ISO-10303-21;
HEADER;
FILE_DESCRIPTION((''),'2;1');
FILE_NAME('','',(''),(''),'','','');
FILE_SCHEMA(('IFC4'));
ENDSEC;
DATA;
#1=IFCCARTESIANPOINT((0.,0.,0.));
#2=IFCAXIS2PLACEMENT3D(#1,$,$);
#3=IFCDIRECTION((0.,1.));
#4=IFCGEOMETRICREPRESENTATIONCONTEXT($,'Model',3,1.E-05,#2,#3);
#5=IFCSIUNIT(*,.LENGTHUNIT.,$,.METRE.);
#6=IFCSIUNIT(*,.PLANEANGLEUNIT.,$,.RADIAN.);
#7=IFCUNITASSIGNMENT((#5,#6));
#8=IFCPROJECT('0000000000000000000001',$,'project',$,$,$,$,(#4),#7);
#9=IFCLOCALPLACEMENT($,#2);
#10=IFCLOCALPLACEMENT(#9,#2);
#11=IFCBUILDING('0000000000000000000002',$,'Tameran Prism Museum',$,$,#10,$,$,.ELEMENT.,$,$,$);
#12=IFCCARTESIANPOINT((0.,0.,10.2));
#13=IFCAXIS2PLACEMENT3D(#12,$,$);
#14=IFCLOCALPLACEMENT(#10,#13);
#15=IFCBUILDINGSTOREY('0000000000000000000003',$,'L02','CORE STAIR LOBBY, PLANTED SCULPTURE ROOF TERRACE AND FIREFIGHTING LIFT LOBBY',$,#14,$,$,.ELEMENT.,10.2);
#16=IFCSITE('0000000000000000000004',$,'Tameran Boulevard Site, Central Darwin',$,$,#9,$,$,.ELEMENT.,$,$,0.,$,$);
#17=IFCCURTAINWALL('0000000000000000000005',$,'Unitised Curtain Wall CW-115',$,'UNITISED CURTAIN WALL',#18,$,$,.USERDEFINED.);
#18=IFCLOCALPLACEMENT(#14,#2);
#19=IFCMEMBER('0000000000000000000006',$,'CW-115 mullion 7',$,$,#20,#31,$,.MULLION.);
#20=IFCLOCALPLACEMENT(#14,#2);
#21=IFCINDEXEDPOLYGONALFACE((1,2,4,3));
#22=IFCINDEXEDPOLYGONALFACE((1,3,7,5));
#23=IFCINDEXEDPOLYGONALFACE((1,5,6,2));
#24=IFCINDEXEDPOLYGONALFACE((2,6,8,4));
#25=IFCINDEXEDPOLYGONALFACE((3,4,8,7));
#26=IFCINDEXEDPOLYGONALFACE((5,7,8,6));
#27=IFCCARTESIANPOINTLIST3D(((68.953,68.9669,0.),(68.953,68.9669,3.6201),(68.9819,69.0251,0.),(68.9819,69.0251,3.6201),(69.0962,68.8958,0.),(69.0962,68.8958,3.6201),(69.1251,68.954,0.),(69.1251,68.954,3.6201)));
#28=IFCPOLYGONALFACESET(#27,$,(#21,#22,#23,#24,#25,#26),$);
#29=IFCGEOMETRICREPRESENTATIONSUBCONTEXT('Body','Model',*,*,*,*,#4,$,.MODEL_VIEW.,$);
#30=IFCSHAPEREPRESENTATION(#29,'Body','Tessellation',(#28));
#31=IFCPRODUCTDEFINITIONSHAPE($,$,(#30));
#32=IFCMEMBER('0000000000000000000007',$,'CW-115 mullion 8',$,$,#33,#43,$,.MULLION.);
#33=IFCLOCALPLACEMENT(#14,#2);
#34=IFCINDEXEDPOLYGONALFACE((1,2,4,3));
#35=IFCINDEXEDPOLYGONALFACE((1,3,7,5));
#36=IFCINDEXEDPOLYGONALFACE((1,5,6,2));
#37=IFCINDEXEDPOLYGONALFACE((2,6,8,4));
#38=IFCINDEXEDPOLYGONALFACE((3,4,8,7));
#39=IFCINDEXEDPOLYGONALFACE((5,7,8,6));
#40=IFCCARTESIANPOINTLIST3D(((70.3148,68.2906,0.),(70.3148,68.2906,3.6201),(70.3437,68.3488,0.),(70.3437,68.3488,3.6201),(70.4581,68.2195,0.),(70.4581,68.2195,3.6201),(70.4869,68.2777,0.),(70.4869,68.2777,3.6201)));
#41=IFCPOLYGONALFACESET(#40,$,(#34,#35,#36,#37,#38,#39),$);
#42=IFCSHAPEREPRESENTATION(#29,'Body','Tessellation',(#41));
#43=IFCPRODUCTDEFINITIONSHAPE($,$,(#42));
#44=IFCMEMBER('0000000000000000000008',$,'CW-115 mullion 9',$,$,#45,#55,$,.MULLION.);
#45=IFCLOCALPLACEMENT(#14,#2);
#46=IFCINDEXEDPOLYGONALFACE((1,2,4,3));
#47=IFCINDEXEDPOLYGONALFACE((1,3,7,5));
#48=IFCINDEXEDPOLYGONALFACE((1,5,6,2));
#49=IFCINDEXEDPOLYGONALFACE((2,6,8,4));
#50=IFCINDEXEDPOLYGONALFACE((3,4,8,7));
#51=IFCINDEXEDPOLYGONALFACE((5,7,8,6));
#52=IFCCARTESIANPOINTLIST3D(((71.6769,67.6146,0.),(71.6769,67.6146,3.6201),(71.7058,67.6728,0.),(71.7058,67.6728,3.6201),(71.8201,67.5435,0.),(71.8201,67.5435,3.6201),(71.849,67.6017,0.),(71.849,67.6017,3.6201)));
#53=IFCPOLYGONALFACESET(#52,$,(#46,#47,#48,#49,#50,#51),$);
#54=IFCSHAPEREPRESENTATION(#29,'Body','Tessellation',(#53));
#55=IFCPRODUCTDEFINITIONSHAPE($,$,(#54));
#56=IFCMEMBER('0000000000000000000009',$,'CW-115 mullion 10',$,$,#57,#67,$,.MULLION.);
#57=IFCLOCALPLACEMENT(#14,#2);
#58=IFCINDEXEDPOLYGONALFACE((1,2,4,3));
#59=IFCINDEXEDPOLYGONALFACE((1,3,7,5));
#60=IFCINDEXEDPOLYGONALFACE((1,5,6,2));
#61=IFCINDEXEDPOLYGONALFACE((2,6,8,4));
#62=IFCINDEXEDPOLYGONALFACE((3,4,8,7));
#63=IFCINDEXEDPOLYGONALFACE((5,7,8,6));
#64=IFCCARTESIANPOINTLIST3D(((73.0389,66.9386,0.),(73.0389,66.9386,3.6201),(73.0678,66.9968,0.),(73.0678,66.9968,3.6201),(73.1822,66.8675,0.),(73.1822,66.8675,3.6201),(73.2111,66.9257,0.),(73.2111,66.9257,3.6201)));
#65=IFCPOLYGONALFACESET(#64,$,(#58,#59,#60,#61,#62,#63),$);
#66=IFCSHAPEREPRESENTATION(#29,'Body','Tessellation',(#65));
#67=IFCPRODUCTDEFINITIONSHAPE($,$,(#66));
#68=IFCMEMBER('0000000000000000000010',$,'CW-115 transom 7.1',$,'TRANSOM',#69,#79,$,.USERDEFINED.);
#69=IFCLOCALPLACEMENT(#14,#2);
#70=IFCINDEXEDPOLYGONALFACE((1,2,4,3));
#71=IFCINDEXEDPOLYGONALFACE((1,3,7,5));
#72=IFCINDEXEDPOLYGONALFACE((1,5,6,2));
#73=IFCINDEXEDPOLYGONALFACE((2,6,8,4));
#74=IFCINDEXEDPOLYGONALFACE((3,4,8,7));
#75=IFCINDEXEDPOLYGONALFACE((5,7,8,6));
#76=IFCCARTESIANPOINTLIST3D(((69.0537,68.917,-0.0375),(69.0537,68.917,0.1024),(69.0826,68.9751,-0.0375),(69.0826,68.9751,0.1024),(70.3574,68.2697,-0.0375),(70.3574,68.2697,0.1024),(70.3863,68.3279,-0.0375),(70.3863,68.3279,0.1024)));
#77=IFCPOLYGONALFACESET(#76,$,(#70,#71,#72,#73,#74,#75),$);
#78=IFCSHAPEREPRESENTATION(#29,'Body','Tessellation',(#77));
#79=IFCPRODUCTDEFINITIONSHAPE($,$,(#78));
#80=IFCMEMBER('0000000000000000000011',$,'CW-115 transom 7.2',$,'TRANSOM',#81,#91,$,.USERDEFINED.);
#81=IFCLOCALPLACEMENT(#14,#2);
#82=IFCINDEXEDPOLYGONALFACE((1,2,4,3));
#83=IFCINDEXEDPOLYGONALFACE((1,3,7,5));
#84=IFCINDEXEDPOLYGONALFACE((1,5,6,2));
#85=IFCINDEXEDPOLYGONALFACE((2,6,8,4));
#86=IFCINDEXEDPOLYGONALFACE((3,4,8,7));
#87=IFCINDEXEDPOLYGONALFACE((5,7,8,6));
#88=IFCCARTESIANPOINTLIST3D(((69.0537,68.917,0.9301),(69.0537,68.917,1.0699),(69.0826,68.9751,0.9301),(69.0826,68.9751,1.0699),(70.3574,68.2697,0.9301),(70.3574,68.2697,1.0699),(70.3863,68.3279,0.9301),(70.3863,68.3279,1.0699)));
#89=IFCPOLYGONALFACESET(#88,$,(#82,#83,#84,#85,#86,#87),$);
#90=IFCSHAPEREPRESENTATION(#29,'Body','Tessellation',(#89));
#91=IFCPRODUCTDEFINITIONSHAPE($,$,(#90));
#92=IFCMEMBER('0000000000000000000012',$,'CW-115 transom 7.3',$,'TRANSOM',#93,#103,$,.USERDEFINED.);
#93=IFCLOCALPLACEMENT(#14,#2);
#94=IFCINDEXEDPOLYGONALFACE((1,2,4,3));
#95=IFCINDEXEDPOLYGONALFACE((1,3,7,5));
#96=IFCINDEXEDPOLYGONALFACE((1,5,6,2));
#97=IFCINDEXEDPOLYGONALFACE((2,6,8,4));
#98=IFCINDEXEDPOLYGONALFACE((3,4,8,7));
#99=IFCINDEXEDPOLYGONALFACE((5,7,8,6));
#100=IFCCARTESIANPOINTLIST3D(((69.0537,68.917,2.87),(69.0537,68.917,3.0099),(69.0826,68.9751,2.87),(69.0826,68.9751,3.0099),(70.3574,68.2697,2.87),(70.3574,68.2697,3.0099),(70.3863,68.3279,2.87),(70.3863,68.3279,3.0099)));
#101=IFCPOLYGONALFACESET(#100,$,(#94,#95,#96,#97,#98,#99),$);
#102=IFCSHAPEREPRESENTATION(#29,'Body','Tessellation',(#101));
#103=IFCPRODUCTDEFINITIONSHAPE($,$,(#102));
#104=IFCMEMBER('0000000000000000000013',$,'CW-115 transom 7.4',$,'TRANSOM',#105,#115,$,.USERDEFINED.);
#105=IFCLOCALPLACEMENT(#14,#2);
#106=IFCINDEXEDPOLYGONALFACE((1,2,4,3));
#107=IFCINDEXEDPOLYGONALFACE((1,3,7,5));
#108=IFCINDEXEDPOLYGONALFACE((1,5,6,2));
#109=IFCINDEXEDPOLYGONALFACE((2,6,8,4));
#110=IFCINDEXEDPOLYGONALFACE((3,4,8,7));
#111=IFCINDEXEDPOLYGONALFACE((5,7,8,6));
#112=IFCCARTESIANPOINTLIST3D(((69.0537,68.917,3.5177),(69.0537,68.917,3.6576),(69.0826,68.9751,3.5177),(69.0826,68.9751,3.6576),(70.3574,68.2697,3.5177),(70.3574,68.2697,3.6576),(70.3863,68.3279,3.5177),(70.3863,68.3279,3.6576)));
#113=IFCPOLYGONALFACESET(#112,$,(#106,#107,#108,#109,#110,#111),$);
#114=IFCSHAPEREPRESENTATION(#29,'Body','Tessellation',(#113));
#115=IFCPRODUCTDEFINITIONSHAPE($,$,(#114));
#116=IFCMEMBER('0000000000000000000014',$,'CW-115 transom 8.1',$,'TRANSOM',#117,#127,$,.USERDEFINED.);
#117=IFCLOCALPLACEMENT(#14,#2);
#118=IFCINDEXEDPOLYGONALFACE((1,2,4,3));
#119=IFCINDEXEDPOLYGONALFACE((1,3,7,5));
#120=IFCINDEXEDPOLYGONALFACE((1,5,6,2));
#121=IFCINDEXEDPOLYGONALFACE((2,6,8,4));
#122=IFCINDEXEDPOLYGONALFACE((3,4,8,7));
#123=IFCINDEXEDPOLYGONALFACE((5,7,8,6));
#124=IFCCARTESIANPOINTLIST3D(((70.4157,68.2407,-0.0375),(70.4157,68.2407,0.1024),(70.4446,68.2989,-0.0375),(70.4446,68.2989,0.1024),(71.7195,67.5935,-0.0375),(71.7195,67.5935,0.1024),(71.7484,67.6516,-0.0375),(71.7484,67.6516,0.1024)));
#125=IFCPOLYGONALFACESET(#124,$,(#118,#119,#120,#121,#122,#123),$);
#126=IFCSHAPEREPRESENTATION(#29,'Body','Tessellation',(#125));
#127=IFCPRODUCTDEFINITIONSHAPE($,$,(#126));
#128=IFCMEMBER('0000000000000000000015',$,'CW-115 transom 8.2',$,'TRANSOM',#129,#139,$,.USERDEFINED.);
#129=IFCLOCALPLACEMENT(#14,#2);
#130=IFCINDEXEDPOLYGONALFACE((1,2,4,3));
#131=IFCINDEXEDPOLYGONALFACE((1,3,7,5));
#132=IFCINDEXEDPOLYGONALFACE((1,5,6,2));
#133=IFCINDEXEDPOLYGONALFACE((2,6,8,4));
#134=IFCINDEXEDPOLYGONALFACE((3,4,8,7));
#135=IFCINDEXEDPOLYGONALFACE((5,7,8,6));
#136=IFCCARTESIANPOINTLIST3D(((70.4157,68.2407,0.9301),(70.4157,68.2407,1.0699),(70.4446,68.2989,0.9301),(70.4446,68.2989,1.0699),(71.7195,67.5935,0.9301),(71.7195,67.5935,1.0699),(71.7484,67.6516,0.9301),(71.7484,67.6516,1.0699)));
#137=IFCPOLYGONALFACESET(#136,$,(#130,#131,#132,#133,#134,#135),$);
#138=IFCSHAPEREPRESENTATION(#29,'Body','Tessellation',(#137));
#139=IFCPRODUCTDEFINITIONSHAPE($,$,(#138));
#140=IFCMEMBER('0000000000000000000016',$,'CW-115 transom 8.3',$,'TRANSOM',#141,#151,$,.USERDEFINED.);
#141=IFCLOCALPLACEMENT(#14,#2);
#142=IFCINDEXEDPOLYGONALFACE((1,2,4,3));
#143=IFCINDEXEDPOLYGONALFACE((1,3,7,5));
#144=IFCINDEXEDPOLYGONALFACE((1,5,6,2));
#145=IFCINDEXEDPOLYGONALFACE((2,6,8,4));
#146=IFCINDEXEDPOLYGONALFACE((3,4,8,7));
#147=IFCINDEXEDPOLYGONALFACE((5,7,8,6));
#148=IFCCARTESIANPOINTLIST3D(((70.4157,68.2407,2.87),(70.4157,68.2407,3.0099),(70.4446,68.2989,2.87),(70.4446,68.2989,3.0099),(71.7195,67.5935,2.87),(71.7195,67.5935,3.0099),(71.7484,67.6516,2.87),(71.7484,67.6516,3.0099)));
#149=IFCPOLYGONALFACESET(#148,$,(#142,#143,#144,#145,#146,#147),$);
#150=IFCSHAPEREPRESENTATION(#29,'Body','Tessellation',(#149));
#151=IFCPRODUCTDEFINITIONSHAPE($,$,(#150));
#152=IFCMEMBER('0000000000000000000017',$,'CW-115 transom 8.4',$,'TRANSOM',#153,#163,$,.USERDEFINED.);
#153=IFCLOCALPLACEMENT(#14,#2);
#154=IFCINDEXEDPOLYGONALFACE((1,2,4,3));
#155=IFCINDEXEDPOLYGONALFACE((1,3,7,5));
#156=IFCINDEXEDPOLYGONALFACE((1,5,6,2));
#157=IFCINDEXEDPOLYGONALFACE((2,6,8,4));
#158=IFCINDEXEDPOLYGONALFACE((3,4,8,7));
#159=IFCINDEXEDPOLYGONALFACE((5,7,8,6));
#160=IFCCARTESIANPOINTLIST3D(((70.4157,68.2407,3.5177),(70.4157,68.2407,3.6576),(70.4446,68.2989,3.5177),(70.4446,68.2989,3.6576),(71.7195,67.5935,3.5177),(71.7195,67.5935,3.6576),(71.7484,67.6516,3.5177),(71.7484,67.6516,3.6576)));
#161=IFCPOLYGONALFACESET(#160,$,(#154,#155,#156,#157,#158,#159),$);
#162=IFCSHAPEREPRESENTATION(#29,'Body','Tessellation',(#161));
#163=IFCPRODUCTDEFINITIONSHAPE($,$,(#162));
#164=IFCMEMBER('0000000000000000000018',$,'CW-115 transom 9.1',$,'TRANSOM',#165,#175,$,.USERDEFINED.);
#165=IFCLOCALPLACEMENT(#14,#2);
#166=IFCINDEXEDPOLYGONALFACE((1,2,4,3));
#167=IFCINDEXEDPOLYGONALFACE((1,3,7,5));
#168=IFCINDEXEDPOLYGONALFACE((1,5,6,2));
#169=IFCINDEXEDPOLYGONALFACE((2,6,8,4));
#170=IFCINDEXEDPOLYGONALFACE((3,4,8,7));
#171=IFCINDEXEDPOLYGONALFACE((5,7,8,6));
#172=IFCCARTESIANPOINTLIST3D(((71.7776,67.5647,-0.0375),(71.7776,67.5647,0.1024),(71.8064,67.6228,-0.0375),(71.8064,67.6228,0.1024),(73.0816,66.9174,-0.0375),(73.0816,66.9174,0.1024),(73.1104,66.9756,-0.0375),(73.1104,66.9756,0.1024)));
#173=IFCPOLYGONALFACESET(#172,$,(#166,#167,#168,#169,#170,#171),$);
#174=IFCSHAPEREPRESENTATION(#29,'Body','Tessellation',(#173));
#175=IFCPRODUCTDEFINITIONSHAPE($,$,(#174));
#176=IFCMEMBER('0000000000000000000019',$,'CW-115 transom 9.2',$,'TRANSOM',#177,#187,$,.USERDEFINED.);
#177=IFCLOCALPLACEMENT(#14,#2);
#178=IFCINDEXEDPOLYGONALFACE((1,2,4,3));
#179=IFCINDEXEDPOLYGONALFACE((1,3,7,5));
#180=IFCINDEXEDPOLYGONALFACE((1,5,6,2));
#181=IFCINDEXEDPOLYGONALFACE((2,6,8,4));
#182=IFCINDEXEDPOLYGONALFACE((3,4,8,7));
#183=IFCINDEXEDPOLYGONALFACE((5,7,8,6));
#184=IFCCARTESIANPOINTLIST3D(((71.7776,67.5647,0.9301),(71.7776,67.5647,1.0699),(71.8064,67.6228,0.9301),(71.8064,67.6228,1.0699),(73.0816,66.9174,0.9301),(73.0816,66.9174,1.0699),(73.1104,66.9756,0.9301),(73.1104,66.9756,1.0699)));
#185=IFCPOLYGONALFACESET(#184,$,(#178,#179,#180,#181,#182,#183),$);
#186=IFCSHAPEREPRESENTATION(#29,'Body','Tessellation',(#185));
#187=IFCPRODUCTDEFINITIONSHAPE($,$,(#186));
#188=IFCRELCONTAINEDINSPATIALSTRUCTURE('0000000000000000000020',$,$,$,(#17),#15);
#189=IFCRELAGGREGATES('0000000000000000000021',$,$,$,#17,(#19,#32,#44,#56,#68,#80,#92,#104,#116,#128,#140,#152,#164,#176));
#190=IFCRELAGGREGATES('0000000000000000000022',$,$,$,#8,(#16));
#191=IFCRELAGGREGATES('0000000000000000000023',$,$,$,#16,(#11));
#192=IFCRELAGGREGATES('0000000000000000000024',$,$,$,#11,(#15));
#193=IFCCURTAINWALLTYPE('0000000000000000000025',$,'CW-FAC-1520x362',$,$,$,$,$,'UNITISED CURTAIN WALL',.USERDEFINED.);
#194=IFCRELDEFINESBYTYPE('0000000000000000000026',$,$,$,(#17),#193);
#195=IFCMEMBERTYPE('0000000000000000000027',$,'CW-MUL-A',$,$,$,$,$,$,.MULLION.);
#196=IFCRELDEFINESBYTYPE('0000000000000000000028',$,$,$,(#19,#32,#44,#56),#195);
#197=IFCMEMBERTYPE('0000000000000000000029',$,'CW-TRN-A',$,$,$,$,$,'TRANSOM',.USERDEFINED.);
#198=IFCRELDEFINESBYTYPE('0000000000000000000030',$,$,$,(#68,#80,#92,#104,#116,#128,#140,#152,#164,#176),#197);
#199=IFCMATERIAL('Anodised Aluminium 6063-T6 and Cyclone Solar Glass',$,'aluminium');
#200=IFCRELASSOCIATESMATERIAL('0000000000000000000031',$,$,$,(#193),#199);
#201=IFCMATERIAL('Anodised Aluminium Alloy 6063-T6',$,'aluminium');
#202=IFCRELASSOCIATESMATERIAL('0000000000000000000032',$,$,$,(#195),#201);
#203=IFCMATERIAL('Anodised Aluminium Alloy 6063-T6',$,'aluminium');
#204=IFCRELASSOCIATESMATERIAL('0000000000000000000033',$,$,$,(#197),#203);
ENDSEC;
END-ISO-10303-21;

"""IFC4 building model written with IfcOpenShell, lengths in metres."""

from ifc_helpers import new_model, si_unit, direction, frame, origin, origin_2d, place, context, subcontext, project, spatial, rectangle, extrude, material, material_profile, profile_set, type_object, element, aggregate, save


model = new_model("IFC4")

# Units and contexts
model_context = context("Model", 3, precision=1e-05, world=origin(), true_north=direction((0.0, 1.0)))
body_context = subcontext(model_context, "Body", "Model", "MODEL_VIEW")
ifc_project = project(units=[si_unit("LENGTHUNIT", "METRE"), si_unit("PLANEANGLEUNIT", "RADIAN")], contexts=[model_context])

# Site, building, storey
site_placement = place(None, origin())
site = spatial("IfcSite", under=ifc_project, at=site_placement, Name="Tameran Boulevard Site, Central Darwin", CompositionType="ELEMENT", RefElevation=0.0)
building_placement = place(site_placement, origin())
building = spatial("IfcBuilding", under=site, at=building_placement, Name="Tameran Prism Museum", CompositionType="ELEMENT")
storey_placement = place(building_placement, frame((0.0, 0.0, 10.2)))
storey = spatial("IfcBuildingStorey", under=building, at=storey_placement, Name="L02", Description="CORE STAIR LOBBY, PLANTED SCULPTURE ROOF TERRACE AND FIREFIGHTING LIFT LOBBY", CompositionType="ELEMENT", Elevation=10.2)

# Curtain wall, members
ifc_material_1 = material(Name="Anodised Aluminium 6063-T6 and Cyclone Solar Glass", Category="aluminium")
curtain_wall_type = type_object("IfcCurtainWallType", Name="CW-FAC-1520x362", ElementType="UNITISED CURTAIN WALL", PredefinedType="USERDEFINED", material=ifc_material_1)
curtain_wall_placement = place(storey_placement, origin())
curtain_wall = element("IfcCurtainWall", 1, at=curtain_wall_placement, inside=storey, type_object=curtain_wall_type, Name="Unitised Curtain Wall CW-115", ObjectType="UNITISED CURTAIN WALL", PredefinedType="USERDEFINED")
ifc_material_2 = material(Name="Anodised Aluminium Alloy 6063-T6", Category="aluminium")
ifc_material_profile_1 = material_profile(ifc_material_2, rectangle(XDim=0.0649, YDim=0.1599, at=origin_2d()))
ifc_profile_set_1 = profile_set([ifc_material_profile_1])
member_type_1 = type_object("IfcMemberType", Name="CW-MUL-A", PredefinedType="MULLION", material=ifc_profile_set_1)
member_1_placement = place(storey_placement, frame((69.0391, 68.9604, 0.0), z_axis=(0.0, 0.0, 1.0), x_axis=(0.444634, 0.895712, 0.0)))
member_1 = element("IfcMember", 2, at=member_1_placement, type_object=member_type_1, Name="CW-115 mullion 7", PredefinedType="MULLION", context=body_context, shape_type="SweptSolid", body=[
    extrude(rectangle(XDim=0.0649, YDim=0.1599, at=origin_2d()), origin(), (0.0, 0.0, 1.0), 3.6201),
])
member_2_placement = place(storey_placement, frame((70.4009, 68.2842, 0.0), z_axis=(0.0, 0.0, 1.0), x_axis=(0.444634, 0.895712, 0.0)))
member_2 = element("IfcMember", 3, at=member_2_placement, type_object=member_type_1, Name="CW-115 mullion 8", PredefinedType="MULLION", context=body_context, shape_type="SweptSolid", body=[
    extrude(rectangle(XDim=0.0649, YDim=0.1599, at=origin_2d()), origin(), (0.0, 0.0, 1.0), 3.6201),
])
member_3_placement = place(storey_placement, frame((71.7629, 67.6082, 0.0), z_axis=(0.0, 0.0, 1.0), x_axis=(0.444634, 0.895712, 0.0)))
member_3 = element("IfcMember", 4, at=member_3_placement, type_object=member_type_1, Name="CW-115 mullion 9", PredefinedType="MULLION", context=body_context, shape_type="SweptSolid", body=[
    extrude(rectangle(XDim=0.0649, YDim=0.1599, at=origin_2d()), origin(), (0.0, 0.0, 1.0), 3.6201),
])
member_4_placement = place(storey_placement, frame((73.125, 66.9321, 0.0), z_axis=(0.0, 0.0, 1.0), x_axis=(0.444634, 0.895712, 0.0)))
member_4 = element("IfcMember", 5, at=member_4_placement, type_object=member_type_1, Name="CW-115 mullion 10", PredefinedType="MULLION", context=body_context, shape_type="SweptSolid", body=[
    extrude(rectangle(XDim=0.0649, YDim=0.1599, at=origin_2d()), origin(), (0.0, 0.0, 1.0), 3.6201),
])
ifc_material_3 = material(Name="Anodised Aluminium Alloy 6063-T6", Category="aluminium")
ifc_material_profile_2 = material_profile(ifc_material_3, rectangle(XDim=0.0649, YDim=0.1399, at=origin_2d()))
ifc_profile_set_2 = profile_set([ifc_material_profile_2])
member_type_2 = type_object("IfcMemberType", Name="CW-TRN-A", ElementType="TRANSOM", PredefinedType="USERDEFINED", material=ifc_profile_set_2)
member_5_placement = place(storey_placement, frame((69.0681, 68.946, 0.0325), z_axis=(0.895698, -0.444662, 0.0), x_axis=(0.444662, 0.895698, 0.0)))
member_5 = element("IfcMember", 6, at=member_5_placement, type_object=member_type_2, Name="CW-115 transom 7.1", ObjectType="TRANSOM", PredefinedType="USERDEFINED", context=body_context, shape_type="SweptSolid", body=[
    extrude(rectangle(XDim=0.0649, YDim=0.1399, at=origin_2d()), origin(), (0.0, 0.0, 1.0), 1.4556),
])
member_6_placement = place(storey_placement, frame((69.0681, 68.946, 1.0), z_axis=(0.895698, -0.444662, 0.0), x_axis=(0.444662, 0.895698, 0.0)))
member_6 = element("IfcMember", 7, at=member_6_placement, type_object=member_type_2, Name="CW-115 transom 7.2", ObjectType="TRANSOM", PredefinedType="USERDEFINED", context=body_context, shape_type="SweptSolid", body=[
    extrude(rectangle(XDim=0.0649, YDim=0.1399, at=origin_2d()), origin(), (0.0, 0.0, 1.0), 1.4556),
])
member_7_placement = place(storey_placement, frame((69.0681, 68.946, 2.9399), z_axis=(0.895698, -0.444662, 0.0), x_axis=(0.444662, 0.895698, 0.0)))
member_7 = element("IfcMember", 8, at=member_7_placement, type_object=member_type_2, Name="CW-115 transom 7.3", ObjectType="TRANSOM", PredefinedType="USERDEFINED", context=body_context, shape_type="SweptSolid", body=[
    extrude(rectangle(XDim=0.0649, YDim=0.1399, at=origin_2d()), origin(), (0.0, 0.0, 1.0), 1.4556),
])
member_8_placement = place(storey_placement, frame((69.0681, 68.946, 3.5876), z_axis=(0.895698, -0.444662, 0.0), x_axis=(0.444662, 0.895698, 0.0)))
member_8 = element("IfcMember", 9, at=member_8_placement, type_object=member_type_2, Name="CW-115 transom 7.4", ObjectType="TRANSOM", PredefinedType="USERDEFINED", context=body_context, shape_type="SweptSolid", body=[
    extrude(rectangle(XDim=0.0649, YDim=0.1399, at=origin_2d()), origin(), (0.0, 0.0, 1.0), 1.4556),
])
member_9_placement = place(storey_placement, frame((70.4302, 68.2698, 0.0325), z_axis=(0.895698, -0.444662, 0.0), x_axis=(0.444662, 0.895698, 0.0)))
member_9 = element("IfcMember", 10, at=member_9_placement, type_object=member_type_2, Name="CW-115 transom 8.1", ObjectType="TRANSOM", PredefinedType="USERDEFINED", context=body_context, shape_type="SweptSolid", body=[
    extrude(rectangle(XDim=0.0649, YDim=0.1399, at=origin_2d()), origin(), (0.0, 0.0, 1.0), 1.4556),
])
member_10_placement = place(storey_placement, frame((70.4302, 68.2698, 1.0), z_axis=(0.895698, -0.444662, 0.0), x_axis=(0.444662, 0.895698, 0.0)))
member_10 = element("IfcMember", 11, at=member_10_placement, type_object=member_type_2, Name="CW-115 transom 8.2", ObjectType="TRANSOM", PredefinedType="USERDEFINED", context=body_context, shape_type="SweptSolid", body=[
    extrude(rectangle(XDim=0.0649, YDim=0.1399, at=origin_2d()), origin(), (0.0, 0.0, 1.0), 1.4556),
])
member_11_placement = place(storey_placement, frame((70.4302, 68.2698, 2.9399), z_axis=(0.895698, -0.444662, 0.0), x_axis=(0.444662, 0.895698, 0.0)))
member_11 = element("IfcMember", 12, at=member_11_placement, type_object=member_type_2, Name="CW-115 transom 8.3", ObjectType="TRANSOM", PredefinedType="USERDEFINED", context=body_context, shape_type="SweptSolid", body=[
    extrude(rectangle(XDim=0.0649, YDim=0.1399, at=origin_2d()), origin(), (0.0, 0.0, 1.0), 1.4556),
])
member_12_placement = place(storey_placement, frame((70.4302, 68.2698, 3.5876), z_axis=(0.895698, -0.444662, 0.0), x_axis=(0.444662, 0.895698, 0.0)))
member_12 = element("IfcMember", 13, at=member_12_placement, type_object=member_type_2, Name="CW-115 transom 8.4", ObjectType="TRANSOM", PredefinedType="USERDEFINED", context=body_context, shape_type="SweptSolid", body=[
    extrude(rectangle(XDim=0.0649, YDim=0.1399, at=origin_2d()), origin(), (0.0, 0.0, 1.0), 1.4556),
])
member_13_placement = place(storey_placement, frame((71.792, 67.5938, 0.0325), z_axis=(0.895731, -0.444595, 0.0), x_axis=(0.444595, 0.895731, 0.0)))
member_13 = element("IfcMember", 14, at=member_13_placement, type_object=member_type_2, Name="CW-115 transom 9.1", ObjectType="TRANSOM", PredefinedType="USERDEFINED", context=body_context, shape_type="SweptSolid", body=[
    extrude(rectangle(XDim=0.0649, YDim=0.1399, at=origin_2d()), origin(), (0.0, 0.0, 1.0), 1.4558),
])
member_14_placement = place(storey_placement, frame((71.792, 67.5938, 1.0), z_axis=(0.895731, -0.444595, 0.0), x_axis=(0.444595, 0.895731, 0.0)))
member_14 = element("IfcMember", 15, at=member_14_placement, type_object=member_type_2, Name="CW-115 transom 9.2", ObjectType="TRANSOM", PredefinedType="USERDEFINED", context=body_context, shape_type="SweptSolid", body=[
    extrude(rectangle(XDim=0.0649, YDim=0.1399, at=origin_2d()), origin(), (0.0, 0.0, 1.0), 1.4558),
])
aggregate(curtain_wall, [member_1, member_2, member_3, member_4, member_5, member_6, member_7, member_8, member_9, member_10, member_11, member_12, member_13, member_14])

save(model, "model.ifc")
